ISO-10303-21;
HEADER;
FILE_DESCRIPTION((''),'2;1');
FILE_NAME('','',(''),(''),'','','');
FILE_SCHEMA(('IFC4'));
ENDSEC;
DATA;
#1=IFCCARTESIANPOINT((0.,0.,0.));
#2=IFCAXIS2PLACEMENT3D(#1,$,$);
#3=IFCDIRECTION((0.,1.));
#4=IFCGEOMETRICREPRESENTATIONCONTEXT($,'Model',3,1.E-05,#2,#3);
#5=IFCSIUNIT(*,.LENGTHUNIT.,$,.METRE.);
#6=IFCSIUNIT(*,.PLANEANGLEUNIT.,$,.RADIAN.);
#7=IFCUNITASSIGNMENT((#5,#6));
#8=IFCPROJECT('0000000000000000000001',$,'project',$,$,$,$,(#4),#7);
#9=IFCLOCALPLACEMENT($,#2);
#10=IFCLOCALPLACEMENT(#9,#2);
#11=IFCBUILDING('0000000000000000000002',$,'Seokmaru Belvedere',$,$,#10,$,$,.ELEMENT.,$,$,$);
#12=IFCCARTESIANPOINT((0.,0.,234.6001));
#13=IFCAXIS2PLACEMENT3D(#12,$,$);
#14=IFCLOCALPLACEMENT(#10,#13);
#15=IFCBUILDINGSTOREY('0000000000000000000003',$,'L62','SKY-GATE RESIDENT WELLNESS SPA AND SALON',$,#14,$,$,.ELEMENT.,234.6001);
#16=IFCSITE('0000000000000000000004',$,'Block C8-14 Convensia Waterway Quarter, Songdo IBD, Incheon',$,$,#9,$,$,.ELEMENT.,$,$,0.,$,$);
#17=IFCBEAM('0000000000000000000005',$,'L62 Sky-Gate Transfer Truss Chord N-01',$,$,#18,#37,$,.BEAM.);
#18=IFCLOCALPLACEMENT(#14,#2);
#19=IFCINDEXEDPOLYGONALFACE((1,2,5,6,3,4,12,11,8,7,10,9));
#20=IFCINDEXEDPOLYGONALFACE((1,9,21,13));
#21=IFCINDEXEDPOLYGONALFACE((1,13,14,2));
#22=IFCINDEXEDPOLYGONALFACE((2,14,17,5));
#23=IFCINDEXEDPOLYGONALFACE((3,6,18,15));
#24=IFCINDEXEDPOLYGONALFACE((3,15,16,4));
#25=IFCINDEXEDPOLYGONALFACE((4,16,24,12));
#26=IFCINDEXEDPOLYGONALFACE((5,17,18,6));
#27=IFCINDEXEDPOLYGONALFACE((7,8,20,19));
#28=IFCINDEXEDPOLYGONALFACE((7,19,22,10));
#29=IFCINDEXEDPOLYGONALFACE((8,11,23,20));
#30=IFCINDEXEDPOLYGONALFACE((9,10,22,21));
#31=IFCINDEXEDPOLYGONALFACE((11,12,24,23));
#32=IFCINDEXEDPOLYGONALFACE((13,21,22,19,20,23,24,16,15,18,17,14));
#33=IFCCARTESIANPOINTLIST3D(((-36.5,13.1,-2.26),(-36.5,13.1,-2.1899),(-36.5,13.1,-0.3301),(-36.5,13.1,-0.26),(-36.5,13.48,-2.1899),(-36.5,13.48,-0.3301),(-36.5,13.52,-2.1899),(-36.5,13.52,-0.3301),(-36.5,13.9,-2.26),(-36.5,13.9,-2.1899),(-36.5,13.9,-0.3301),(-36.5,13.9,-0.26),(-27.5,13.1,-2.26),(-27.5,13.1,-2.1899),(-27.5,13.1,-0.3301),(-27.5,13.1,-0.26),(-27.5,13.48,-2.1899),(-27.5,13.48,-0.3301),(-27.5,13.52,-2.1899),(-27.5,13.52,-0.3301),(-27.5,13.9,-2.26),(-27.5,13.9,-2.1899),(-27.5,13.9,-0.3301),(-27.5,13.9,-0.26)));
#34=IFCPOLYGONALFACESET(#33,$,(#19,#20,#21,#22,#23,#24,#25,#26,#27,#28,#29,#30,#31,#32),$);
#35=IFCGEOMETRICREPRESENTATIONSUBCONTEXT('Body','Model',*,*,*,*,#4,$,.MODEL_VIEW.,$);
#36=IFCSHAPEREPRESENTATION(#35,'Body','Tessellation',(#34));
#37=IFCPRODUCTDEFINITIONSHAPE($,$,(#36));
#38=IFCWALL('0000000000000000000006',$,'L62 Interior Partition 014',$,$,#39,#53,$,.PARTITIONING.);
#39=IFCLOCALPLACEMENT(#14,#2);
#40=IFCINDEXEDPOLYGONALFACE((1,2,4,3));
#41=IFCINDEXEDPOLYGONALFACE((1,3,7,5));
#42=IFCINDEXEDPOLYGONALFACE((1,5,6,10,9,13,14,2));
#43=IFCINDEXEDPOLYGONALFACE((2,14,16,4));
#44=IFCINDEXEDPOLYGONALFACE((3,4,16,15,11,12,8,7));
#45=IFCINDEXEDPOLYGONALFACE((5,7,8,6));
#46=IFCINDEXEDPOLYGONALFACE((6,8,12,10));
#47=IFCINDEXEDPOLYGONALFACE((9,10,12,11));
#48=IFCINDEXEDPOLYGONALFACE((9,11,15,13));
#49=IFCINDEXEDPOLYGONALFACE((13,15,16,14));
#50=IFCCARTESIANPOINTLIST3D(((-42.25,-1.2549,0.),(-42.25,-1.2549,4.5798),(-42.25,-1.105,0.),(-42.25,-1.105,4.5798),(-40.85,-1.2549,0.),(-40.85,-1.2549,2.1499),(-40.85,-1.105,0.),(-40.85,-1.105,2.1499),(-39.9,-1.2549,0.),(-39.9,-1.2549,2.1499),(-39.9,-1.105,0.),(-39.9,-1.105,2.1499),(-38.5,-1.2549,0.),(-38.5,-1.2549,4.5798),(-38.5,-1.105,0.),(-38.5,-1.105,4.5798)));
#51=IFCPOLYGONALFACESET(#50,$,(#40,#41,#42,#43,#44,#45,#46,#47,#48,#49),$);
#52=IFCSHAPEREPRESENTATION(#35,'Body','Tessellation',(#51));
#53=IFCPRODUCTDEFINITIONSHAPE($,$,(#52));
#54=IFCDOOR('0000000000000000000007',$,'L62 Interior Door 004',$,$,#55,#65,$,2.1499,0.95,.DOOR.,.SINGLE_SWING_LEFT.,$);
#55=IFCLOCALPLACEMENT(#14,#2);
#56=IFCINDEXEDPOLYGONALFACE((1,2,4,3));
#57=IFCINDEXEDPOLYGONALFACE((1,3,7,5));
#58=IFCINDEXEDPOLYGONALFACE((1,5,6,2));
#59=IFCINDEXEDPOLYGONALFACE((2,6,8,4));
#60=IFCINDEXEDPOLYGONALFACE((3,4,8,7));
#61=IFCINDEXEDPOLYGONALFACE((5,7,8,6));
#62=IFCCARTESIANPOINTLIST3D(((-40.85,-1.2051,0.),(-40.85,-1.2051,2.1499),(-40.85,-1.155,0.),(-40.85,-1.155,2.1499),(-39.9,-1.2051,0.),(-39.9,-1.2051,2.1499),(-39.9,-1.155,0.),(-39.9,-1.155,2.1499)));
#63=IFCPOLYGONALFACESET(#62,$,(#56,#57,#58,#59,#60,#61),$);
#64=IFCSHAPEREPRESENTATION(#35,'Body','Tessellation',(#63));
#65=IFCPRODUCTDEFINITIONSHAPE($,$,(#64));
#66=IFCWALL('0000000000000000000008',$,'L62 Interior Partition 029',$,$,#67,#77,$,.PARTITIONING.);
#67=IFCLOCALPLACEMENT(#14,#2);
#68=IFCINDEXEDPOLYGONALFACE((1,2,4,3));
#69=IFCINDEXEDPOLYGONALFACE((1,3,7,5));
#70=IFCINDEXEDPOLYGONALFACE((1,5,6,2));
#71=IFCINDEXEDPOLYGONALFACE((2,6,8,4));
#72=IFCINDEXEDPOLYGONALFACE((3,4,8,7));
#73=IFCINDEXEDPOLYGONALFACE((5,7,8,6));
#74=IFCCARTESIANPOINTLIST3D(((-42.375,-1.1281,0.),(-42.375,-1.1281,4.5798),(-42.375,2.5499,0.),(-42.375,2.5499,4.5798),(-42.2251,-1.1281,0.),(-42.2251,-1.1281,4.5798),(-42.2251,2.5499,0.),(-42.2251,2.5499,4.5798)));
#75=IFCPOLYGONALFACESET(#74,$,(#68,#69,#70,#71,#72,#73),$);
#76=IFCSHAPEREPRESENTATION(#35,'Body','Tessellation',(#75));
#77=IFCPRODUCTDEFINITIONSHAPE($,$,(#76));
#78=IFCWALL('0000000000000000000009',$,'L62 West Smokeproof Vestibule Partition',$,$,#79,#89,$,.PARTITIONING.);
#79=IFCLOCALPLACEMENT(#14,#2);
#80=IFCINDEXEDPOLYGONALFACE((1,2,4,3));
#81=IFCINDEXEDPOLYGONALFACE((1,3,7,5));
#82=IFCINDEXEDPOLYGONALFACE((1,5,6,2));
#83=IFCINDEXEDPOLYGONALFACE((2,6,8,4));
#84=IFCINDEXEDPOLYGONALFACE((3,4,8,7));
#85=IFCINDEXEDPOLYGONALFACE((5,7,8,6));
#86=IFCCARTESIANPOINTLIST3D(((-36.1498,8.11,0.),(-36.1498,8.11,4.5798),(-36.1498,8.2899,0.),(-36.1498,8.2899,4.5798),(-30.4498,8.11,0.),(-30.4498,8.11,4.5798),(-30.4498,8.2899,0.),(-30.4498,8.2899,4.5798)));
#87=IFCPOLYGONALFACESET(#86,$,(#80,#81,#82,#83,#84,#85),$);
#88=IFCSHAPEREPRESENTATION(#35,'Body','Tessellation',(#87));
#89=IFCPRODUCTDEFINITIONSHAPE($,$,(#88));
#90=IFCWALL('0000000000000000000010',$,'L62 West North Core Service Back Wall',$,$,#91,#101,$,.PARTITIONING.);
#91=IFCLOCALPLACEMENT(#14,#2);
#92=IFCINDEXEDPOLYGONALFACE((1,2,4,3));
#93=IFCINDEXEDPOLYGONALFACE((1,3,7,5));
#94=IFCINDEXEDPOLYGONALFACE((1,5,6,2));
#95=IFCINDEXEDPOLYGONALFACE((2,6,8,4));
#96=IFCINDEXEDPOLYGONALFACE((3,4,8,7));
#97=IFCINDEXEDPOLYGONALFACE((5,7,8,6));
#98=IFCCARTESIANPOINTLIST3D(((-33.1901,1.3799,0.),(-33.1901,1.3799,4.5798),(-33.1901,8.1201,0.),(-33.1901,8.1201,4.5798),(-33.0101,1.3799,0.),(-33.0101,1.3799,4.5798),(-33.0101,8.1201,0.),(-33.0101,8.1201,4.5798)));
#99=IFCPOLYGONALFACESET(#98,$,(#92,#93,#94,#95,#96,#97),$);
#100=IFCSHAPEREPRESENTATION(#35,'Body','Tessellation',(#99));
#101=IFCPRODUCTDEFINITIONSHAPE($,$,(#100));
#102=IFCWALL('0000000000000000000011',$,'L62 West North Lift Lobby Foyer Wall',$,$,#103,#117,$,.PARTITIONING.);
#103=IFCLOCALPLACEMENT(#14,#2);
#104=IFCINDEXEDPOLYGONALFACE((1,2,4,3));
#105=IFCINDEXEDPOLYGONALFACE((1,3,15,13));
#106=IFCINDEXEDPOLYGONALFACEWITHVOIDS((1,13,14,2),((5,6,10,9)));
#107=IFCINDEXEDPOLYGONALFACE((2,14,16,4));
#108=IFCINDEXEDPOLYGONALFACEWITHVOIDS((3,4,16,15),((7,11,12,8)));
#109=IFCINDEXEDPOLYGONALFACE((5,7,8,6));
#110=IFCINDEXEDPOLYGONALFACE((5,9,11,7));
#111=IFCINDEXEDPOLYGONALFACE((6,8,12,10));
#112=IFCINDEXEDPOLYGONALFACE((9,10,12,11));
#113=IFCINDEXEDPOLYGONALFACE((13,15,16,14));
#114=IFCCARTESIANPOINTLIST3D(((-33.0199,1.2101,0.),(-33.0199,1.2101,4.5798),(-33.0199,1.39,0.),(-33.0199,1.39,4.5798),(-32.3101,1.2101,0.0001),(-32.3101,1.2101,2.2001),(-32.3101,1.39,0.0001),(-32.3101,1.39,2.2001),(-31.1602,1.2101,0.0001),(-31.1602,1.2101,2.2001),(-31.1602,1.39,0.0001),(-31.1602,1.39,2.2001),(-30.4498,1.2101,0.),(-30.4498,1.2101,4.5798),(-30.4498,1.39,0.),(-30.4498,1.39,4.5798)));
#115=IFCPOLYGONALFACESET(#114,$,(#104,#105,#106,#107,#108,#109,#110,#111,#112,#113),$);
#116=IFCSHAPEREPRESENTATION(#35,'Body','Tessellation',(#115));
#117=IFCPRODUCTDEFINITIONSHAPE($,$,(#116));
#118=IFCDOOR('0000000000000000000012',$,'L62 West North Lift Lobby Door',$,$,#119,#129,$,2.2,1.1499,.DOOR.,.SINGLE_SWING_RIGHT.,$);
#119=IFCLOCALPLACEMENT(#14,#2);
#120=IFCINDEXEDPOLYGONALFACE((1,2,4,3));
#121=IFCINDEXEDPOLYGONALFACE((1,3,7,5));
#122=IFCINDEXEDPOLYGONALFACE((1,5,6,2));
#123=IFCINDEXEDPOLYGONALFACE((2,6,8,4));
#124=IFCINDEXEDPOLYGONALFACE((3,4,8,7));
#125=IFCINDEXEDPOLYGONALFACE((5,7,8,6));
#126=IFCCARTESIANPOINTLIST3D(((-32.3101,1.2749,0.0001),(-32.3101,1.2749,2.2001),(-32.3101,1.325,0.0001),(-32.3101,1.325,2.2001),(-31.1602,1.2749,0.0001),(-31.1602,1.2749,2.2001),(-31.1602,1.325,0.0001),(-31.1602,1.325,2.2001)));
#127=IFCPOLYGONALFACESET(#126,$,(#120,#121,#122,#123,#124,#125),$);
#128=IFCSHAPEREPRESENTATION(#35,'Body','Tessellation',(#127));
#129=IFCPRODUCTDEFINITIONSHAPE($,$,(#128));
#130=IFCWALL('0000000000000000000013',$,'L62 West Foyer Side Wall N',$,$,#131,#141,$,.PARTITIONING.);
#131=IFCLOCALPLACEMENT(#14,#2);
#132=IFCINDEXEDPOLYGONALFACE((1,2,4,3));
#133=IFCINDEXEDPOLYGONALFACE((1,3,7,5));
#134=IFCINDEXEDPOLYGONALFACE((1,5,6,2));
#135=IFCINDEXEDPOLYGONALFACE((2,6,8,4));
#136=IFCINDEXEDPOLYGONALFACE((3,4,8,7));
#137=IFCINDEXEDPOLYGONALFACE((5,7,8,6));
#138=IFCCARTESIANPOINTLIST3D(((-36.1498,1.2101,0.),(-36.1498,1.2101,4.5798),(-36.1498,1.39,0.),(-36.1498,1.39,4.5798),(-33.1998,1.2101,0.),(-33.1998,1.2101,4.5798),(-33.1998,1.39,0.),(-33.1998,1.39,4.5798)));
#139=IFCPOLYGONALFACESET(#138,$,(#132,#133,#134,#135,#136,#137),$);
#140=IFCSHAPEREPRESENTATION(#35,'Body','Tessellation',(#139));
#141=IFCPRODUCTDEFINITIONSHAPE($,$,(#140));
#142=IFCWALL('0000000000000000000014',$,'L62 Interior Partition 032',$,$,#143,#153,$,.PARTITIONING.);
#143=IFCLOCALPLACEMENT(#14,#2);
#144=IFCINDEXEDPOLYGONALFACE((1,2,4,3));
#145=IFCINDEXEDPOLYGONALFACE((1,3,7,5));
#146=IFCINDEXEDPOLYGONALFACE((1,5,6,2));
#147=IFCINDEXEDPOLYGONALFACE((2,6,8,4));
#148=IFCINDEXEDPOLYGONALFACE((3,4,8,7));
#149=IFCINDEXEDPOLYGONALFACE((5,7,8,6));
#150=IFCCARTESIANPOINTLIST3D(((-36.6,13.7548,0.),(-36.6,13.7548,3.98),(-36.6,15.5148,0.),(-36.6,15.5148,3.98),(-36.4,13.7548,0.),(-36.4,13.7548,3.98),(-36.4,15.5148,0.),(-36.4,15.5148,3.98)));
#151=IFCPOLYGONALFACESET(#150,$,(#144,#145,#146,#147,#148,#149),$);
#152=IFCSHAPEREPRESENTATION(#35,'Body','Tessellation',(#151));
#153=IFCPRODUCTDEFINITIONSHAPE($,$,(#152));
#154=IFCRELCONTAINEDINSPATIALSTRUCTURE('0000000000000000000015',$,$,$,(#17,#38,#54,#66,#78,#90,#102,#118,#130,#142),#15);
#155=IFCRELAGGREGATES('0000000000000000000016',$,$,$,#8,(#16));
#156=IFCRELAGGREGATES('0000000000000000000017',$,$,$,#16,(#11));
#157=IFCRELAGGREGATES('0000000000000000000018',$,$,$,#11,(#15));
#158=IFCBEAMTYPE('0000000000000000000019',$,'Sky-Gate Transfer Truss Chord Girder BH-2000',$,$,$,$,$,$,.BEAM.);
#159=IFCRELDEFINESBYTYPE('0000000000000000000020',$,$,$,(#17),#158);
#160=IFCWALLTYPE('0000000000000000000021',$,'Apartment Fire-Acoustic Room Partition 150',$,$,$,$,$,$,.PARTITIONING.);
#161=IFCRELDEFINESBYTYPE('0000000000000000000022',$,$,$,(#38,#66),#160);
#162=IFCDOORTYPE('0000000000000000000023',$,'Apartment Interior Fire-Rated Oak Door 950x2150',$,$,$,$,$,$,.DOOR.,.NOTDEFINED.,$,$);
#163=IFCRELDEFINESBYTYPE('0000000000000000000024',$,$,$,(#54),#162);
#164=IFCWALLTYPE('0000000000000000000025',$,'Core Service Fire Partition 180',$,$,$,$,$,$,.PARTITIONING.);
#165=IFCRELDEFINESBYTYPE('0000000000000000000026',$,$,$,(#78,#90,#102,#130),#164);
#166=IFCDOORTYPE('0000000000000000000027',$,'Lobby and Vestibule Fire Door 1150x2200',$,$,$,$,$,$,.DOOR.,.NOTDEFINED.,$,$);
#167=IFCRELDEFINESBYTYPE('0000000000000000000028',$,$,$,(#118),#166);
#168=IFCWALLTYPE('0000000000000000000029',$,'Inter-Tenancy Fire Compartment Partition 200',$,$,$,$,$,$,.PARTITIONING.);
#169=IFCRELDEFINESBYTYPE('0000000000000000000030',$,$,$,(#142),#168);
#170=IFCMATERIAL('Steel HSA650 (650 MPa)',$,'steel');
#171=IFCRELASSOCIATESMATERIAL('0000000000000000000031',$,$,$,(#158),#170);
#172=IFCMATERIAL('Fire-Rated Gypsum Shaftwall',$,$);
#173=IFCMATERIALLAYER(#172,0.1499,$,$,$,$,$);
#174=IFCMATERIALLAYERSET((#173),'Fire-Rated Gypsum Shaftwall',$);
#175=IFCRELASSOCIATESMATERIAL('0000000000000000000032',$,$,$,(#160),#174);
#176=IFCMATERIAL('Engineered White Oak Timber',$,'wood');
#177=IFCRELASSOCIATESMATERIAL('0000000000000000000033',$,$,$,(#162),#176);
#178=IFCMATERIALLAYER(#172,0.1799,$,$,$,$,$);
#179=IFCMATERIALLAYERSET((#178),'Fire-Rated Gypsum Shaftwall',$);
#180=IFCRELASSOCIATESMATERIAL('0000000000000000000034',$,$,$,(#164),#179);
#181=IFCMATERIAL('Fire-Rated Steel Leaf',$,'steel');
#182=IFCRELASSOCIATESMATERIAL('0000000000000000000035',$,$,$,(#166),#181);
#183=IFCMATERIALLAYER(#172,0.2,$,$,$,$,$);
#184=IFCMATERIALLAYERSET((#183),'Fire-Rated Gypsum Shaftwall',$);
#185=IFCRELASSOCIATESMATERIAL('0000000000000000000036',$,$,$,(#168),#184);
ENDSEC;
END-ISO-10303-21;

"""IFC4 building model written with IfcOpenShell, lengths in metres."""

from ifc_helpers import new_model, si_unit, direction, frame, frame_2d, origin, origin_2d, place, context, subcontext, project, spatial, rectangle, i_section, extrude, source, transform, mapped, material, layer, layer_set, material_profile, profile_set, type_object, type_shapes, element, fill, save


model = new_model("IFC4")

# Units and contexts
model_context = context("Model", 3, precision=1e-05, world=origin(), true_north=direction((0.0, 1.0)))
body_context = subcontext(model_context, "Body", "Model", "MODEL_VIEW")
ifc_project = project(units=[si_unit("LENGTHUNIT", "METRE"), si_unit("PLANEANGLEUNIT", "RADIAN")], contexts=[model_context])

# Site, building, storey
site_placement = place(None, origin())
site = spatial("IfcSite", under=ifc_project, at=site_placement, Name="Block C8-14 Convensia Waterway Quarter, Songdo IBD, Incheon", CompositionType="ELEMENT", RefElevation=0.0)
building_placement = place(site_placement, origin())
building = spatial("IfcBuilding", under=site, at=building_placement, Name="Seokmaru Belvedere", CompositionType="ELEMENT")
storey_placement = place(building_placement, frame((0.0, 0.0, 234.6001)))
storey = spatial("IfcBuildingStorey", under=building, at=storey_placement, Name="L62", Description="SKY-GATE RESIDENT WELLNESS SPA AND SALON", CompositionType="ELEMENT", Elevation=234.6001)

# Beam
ifc_material_1 = material(Name="Steel HSA650 (650 MPa)", Category="steel")
ifc_material_profile_1 = material_profile(ifc_material_1, i_section(OverallWidth=0.8, OverallDepth=2.0, WebThickness=0.04, FlangeThickness=0.0701, at=origin_2d()), Name="BH-2000x800x40x70")
ifc_profile_set_1 = profile_set([ifc_material_profile_1], Name="Steel HSA650 (650 MPa)")
beam_type_1 = type_object("IfcBeamType", Name="Sky-Gate Transfer Truss Chord Girder BH-2000", PredefinedType="BEAM", material=ifc_profile_set_1)
shared_shape_1 = source(origin(), body_context, "Body", "SweptSolid", [
    extrude(i_section(OverallWidth=0.8, OverallDepth=2.0, WebThickness=0.04, FlangeThickness=0.0701, at=origin_2d()), origin(), (0.0, 0.0, 1.0), 9.0),
])
type_shapes(beam_type_1, [shared_shape_1])
beam_1_placement = place(storey_placement, frame((-36.5, 13.5, -1.26), z_axis=(1.0, 0.0, 0.0), x_axis=(0.0, 1.0, 0.0)))
element("IfcBeam", 1, at=beam_1_placement, inside=storey, type_object=beam_type_1, Name="L62 Sky-Gate Transfer Truss Chord N-01", PredefinedType="BEAM", context=body_context, shape_type="MappedRepresentation", body=[
    mapped(shared_shape_1, transform((0.0, 0.0, 0.0), scale=1.0)),
])

# Wall, opening, door
ifc_material_2 = material(Name="Fire-Rated Gypsum Shaftwall")
ifc_layer_1 = layer(ifc_material_2, 0.1499)
ifc_layer_set_1 = layer_set([ifc_layer_1], Name="Fire-Rated Gypsum Shaftwall")
wall_type_1 = type_object("IfcWallType", Name="Apartment Fire-Acoustic Room Partition 150", PredefinedType="PARTITIONING", material=ifc_layer_set_1)
wall_1_placement = place(storey_placement, frame((-42.25, -1.1799, 0.0), z_axis=(0.0, 0.0, 1.0), x_axis=(1.0, 0.0, 0.0)))
wall_1 = element("IfcWall", 2, at=wall_1_placement, inside=storey, type_object=wall_type_1, Name="L62 Interior Partition 014", PredefinedType="PARTITIONING", context=body_context, shape_type="SweptSolid", body=[
    extrude(rectangle(XDim=3.75, YDim=0.1499, at=frame_2d((1.875, 0.0))), origin(), (0.0, 0.0, 1.0), 4.5798),
])
opening_1_placement = place(wall_1_placement, frame((1.3999, 0.0, 0.0)))
opening_1 = element("IfcOpeningElement", 3, at=opening_1_placement, cuts=wall_1, PredefinedType="OPENING", context=body_context, shape_type="SweptSolid", body=[
    extrude(rectangle(XDim=0.95, YDim=2.1499, at=frame_2d((0.4751, 1.075))), frame((0.0, 0.085, 0.0), z_axis=(0.0, -1.0, 0.0), x_axis=(1.0, 0.0, 0.0)), (0.0, 0.0, 1.0), 0.1699),
])
ifc_material_3 = material(Name="Engineered White Oak Timber", Category="wood")
door_type_1 = type_object("IfcDoorType", Name="Apartment Interior Fire-Rated Oak Door 950x2150", OperationType="NOTDEFINED", PredefinedType="DOOR", material=ifc_material_3)
shared_shape_2 = source(origin(), body_context, "Body", "SweptSolid", [
    extrude(rectangle(XDim=0.95, YDim=2.1499, at=frame_2d((0.4751, 1.075))), frame((0.0, 0.0249, 0.0), z_axis=(0.0, -1.0, 0.0), x_axis=(1.0, 0.0, 0.0)), (0.0, 0.0, 1.0), 0.05),
])
type_shapes(door_type_1, [shared_shape_2])
door_1_placement = place(opening_1_placement, origin())
door_1 = element("IfcDoor", 4, at=door_1_placement, inside=storey, type_object=door_type_1, Name="L62 Interior Door 004", OperationType="SINGLE_SWING_LEFT", OverallHeight=2.1499, OverallWidth=0.95, PredefinedType="DOOR", context=body_context, shape_type="MappedRepresentation", body=[
    mapped(shared_shape_2, transform((0.0, 0.0, 0.0), scale=1.0)),
])
fill(opening_1, door_1)

# Walls
wall_2_placement = place(storey_placement, frame((-42.3, -1.1279, 0.0), z_axis=(0.0, 0.0, 1.0), x_axis=(0.0, 1.0, 0.0)))
element("IfcWall", 5, at=wall_2_placement, inside=storey, type_object=wall_type_1, Name="L62 Interior Partition 029", PredefinedType="PARTITIONING", context=body_context, shape_type="SweptSolid", body=[
    extrude(rectangle(XDim=3.678, YDim=0.1499, at=frame_2d((1.8389, 0.0))), origin(), (0.0, 0.0, 1.0), 4.5798),
])
ifc_layer_2 = layer(ifc_material_2, 0.1799)
ifc_layer_set_2 = layer_set([ifc_layer_2], Name="Fire-Rated Gypsum Shaftwall")
wall_type_2 = type_object("IfcWallType", Name="Core Service Fire Partition 180", PredefinedType="PARTITIONING", material=ifc_layer_set_2)
wall_3_placement = place(storey_placement, frame((-36.1499, 8.2, 0.0), z_axis=(0.0, 0.0, 1.0), x_axis=(1.0, 0.0, 0.0)))
element("IfcWall", 6, at=wall_3_placement, inside=storey, type_object=wall_type_2, Name="L62 West Smokeproof Vestibule Partition", PredefinedType="PARTITIONING", context=body_context, shape_type="SweptSolid", body=[
    extrude(rectangle(XDim=5.7, YDim=0.1799, at=frame_2d((2.8501, 0.0))), origin(), (0.0, 0.0, 1.0), 4.5798),
])
wall_4_placement = place(storey_placement, frame((-33.1001, 1.3799, 0.0), z_axis=(0.0, 0.0, 1.0), x_axis=(0.0, 1.0, 0.0)))
element("IfcWall", 7, at=wall_4_placement, inside=storey, type_object=wall_type_2, Name="L62 West North Core Service Back Wall", PredefinedType="PARTITIONING", context=body_context, shape_type="SweptSolid", body=[
    extrude(rectangle(XDim=6.7402, YDim=0.1799, at=frame_2d((3.3701, 0.0))), origin(), (0.0, 0.0, 1.0), 4.5798),
])

# Wall, opening, door
wall_5_placement = place(storey_placement, frame((-33.02, 1.3, 0.0), z_axis=(0.0, 0.0, 1.0), x_axis=(1.0, 0.0, 0.0)))
wall_5 = element("IfcWall", 8, at=wall_5_placement, inside=storey, type_object=wall_type_2, Name="L62 West North Lift Lobby Foyer Wall", PredefinedType="PARTITIONING", context=body_context, shape_type="SweptSolid", body=[
    extrude(rectangle(XDim=2.5701, YDim=0.1799, at=frame_2d((1.2852, 0.0))), origin(), (0.0, 0.0, 1.0), 4.5798),
])
opening_2_placement = place(wall_5_placement, frame((0.71, 0.0, 0.0)))
opening_2 = element("IfcOpeningElement", 9, at=opening_2_placement, cuts=wall_5, PredefinedType="OPENING", context=body_context, shape_type="SweptSolid", body=[
    extrude(rectangle(XDim=1.1499, YDim=2.2, at=frame_2d((0.575, 1.1001))), frame((0.0, 0.1001, 0.0), z_axis=(0.0, -1.0, 0.0), x_axis=(1.0, 0.0, 0.0)), (0.0, 0.0, 1.0), 0.2),
])
ifc_material_4 = material(Name="Fire-Rated Steel Leaf", Category="steel")
door_type_2 = type_object("IfcDoorType", Name="Lobby and Vestibule Fire Door 1150x2200", OperationType="NOTDEFINED", PredefinedType="DOOR", material=ifc_material_4)
shared_shape_3 = source(origin(), body_context, "Body", "SweptSolid", [
    extrude(rectangle(XDim=1.1499, YDim=2.2, at=frame_2d((0.575, 1.1001))), frame((0.0, 0.0249, 0.0), z_axis=(0.0, -1.0, 0.0), x_axis=(1.0, 0.0, 0.0)), (0.0, 0.0, 1.0), 0.05),
])
type_shapes(door_type_2, [shared_shape_3])
door_2_placement = place(opening_2_placement, origin())
door_2 = element("IfcDoor", 10, at=door_2_placement, inside=storey, type_object=door_type_2, Name="L62 West North Lift Lobby Door", OperationType="SINGLE_SWING_RIGHT", OverallHeight=2.2, OverallWidth=1.1499, PredefinedType="DOOR", context=body_context, shape_type="MappedRepresentation", body=[
    mapped(shared_shape_3, transform((0.0, 0.0, 0.0), scale=1.0)),
])
fill(opening_2, door_2)

# Walls
wall_6_placement = place(storey_placement, frame((-36.1499, 1.3, 0.0), z_axis=(0.0, 0.0, 1.0), x_axis=(1.0, 0.0, 0.0)))
element("IfcWall", 11, at=wall_6_placement, inside=storey, type_object=wall_type_2, Name="L62 West Foyer Side Wall N", PredefinedType="PARTITIONING", context=body_context, shape_type="SweptSolid", body=[
    extrude(rectangle(XDim=2.95, YDim=0.1799, at=frame_2d((1.4751, 0.0))), origin(), (0.0, 0.0, 1.0), 4.5798),
])
ifc_layer_3 = layer(ifc_material_2, 0.2)
ifc_layer_set_3 = layer_set([ifc_layer_3], Name="Fire-Rated Gypsum Shaftwall")
wall_type_3 = type_object("IfcWallType", Name="Inter-Tenancy Fire Compartment Partition 200", PredefinedType="PARTITIONING", material=ifc_layer_set_3)
wall_7_placement = place(storey_placement, frame((-36.5, 13.7549, 0.0), z_axis=(0.0, 0.0, 1.0), x_axis=(0.0, 1.0, 0.0)))
element("IfcWall", 12, at=wall_7_placement, inside=storey, type_object=wall_type_3, Name="L62 Interior Partition 032", PredefinedType="PARTITIONING", context=body_context, shape_type="SweptSolid", body=[
    extrude(rectangle(XDim=1.76, YDim=0.2, at=frame_2d((0.8799, 0.0))), origin(), (0.0, 0.0, 1.0), 3.98),
])

save(model, "model.ifc")
